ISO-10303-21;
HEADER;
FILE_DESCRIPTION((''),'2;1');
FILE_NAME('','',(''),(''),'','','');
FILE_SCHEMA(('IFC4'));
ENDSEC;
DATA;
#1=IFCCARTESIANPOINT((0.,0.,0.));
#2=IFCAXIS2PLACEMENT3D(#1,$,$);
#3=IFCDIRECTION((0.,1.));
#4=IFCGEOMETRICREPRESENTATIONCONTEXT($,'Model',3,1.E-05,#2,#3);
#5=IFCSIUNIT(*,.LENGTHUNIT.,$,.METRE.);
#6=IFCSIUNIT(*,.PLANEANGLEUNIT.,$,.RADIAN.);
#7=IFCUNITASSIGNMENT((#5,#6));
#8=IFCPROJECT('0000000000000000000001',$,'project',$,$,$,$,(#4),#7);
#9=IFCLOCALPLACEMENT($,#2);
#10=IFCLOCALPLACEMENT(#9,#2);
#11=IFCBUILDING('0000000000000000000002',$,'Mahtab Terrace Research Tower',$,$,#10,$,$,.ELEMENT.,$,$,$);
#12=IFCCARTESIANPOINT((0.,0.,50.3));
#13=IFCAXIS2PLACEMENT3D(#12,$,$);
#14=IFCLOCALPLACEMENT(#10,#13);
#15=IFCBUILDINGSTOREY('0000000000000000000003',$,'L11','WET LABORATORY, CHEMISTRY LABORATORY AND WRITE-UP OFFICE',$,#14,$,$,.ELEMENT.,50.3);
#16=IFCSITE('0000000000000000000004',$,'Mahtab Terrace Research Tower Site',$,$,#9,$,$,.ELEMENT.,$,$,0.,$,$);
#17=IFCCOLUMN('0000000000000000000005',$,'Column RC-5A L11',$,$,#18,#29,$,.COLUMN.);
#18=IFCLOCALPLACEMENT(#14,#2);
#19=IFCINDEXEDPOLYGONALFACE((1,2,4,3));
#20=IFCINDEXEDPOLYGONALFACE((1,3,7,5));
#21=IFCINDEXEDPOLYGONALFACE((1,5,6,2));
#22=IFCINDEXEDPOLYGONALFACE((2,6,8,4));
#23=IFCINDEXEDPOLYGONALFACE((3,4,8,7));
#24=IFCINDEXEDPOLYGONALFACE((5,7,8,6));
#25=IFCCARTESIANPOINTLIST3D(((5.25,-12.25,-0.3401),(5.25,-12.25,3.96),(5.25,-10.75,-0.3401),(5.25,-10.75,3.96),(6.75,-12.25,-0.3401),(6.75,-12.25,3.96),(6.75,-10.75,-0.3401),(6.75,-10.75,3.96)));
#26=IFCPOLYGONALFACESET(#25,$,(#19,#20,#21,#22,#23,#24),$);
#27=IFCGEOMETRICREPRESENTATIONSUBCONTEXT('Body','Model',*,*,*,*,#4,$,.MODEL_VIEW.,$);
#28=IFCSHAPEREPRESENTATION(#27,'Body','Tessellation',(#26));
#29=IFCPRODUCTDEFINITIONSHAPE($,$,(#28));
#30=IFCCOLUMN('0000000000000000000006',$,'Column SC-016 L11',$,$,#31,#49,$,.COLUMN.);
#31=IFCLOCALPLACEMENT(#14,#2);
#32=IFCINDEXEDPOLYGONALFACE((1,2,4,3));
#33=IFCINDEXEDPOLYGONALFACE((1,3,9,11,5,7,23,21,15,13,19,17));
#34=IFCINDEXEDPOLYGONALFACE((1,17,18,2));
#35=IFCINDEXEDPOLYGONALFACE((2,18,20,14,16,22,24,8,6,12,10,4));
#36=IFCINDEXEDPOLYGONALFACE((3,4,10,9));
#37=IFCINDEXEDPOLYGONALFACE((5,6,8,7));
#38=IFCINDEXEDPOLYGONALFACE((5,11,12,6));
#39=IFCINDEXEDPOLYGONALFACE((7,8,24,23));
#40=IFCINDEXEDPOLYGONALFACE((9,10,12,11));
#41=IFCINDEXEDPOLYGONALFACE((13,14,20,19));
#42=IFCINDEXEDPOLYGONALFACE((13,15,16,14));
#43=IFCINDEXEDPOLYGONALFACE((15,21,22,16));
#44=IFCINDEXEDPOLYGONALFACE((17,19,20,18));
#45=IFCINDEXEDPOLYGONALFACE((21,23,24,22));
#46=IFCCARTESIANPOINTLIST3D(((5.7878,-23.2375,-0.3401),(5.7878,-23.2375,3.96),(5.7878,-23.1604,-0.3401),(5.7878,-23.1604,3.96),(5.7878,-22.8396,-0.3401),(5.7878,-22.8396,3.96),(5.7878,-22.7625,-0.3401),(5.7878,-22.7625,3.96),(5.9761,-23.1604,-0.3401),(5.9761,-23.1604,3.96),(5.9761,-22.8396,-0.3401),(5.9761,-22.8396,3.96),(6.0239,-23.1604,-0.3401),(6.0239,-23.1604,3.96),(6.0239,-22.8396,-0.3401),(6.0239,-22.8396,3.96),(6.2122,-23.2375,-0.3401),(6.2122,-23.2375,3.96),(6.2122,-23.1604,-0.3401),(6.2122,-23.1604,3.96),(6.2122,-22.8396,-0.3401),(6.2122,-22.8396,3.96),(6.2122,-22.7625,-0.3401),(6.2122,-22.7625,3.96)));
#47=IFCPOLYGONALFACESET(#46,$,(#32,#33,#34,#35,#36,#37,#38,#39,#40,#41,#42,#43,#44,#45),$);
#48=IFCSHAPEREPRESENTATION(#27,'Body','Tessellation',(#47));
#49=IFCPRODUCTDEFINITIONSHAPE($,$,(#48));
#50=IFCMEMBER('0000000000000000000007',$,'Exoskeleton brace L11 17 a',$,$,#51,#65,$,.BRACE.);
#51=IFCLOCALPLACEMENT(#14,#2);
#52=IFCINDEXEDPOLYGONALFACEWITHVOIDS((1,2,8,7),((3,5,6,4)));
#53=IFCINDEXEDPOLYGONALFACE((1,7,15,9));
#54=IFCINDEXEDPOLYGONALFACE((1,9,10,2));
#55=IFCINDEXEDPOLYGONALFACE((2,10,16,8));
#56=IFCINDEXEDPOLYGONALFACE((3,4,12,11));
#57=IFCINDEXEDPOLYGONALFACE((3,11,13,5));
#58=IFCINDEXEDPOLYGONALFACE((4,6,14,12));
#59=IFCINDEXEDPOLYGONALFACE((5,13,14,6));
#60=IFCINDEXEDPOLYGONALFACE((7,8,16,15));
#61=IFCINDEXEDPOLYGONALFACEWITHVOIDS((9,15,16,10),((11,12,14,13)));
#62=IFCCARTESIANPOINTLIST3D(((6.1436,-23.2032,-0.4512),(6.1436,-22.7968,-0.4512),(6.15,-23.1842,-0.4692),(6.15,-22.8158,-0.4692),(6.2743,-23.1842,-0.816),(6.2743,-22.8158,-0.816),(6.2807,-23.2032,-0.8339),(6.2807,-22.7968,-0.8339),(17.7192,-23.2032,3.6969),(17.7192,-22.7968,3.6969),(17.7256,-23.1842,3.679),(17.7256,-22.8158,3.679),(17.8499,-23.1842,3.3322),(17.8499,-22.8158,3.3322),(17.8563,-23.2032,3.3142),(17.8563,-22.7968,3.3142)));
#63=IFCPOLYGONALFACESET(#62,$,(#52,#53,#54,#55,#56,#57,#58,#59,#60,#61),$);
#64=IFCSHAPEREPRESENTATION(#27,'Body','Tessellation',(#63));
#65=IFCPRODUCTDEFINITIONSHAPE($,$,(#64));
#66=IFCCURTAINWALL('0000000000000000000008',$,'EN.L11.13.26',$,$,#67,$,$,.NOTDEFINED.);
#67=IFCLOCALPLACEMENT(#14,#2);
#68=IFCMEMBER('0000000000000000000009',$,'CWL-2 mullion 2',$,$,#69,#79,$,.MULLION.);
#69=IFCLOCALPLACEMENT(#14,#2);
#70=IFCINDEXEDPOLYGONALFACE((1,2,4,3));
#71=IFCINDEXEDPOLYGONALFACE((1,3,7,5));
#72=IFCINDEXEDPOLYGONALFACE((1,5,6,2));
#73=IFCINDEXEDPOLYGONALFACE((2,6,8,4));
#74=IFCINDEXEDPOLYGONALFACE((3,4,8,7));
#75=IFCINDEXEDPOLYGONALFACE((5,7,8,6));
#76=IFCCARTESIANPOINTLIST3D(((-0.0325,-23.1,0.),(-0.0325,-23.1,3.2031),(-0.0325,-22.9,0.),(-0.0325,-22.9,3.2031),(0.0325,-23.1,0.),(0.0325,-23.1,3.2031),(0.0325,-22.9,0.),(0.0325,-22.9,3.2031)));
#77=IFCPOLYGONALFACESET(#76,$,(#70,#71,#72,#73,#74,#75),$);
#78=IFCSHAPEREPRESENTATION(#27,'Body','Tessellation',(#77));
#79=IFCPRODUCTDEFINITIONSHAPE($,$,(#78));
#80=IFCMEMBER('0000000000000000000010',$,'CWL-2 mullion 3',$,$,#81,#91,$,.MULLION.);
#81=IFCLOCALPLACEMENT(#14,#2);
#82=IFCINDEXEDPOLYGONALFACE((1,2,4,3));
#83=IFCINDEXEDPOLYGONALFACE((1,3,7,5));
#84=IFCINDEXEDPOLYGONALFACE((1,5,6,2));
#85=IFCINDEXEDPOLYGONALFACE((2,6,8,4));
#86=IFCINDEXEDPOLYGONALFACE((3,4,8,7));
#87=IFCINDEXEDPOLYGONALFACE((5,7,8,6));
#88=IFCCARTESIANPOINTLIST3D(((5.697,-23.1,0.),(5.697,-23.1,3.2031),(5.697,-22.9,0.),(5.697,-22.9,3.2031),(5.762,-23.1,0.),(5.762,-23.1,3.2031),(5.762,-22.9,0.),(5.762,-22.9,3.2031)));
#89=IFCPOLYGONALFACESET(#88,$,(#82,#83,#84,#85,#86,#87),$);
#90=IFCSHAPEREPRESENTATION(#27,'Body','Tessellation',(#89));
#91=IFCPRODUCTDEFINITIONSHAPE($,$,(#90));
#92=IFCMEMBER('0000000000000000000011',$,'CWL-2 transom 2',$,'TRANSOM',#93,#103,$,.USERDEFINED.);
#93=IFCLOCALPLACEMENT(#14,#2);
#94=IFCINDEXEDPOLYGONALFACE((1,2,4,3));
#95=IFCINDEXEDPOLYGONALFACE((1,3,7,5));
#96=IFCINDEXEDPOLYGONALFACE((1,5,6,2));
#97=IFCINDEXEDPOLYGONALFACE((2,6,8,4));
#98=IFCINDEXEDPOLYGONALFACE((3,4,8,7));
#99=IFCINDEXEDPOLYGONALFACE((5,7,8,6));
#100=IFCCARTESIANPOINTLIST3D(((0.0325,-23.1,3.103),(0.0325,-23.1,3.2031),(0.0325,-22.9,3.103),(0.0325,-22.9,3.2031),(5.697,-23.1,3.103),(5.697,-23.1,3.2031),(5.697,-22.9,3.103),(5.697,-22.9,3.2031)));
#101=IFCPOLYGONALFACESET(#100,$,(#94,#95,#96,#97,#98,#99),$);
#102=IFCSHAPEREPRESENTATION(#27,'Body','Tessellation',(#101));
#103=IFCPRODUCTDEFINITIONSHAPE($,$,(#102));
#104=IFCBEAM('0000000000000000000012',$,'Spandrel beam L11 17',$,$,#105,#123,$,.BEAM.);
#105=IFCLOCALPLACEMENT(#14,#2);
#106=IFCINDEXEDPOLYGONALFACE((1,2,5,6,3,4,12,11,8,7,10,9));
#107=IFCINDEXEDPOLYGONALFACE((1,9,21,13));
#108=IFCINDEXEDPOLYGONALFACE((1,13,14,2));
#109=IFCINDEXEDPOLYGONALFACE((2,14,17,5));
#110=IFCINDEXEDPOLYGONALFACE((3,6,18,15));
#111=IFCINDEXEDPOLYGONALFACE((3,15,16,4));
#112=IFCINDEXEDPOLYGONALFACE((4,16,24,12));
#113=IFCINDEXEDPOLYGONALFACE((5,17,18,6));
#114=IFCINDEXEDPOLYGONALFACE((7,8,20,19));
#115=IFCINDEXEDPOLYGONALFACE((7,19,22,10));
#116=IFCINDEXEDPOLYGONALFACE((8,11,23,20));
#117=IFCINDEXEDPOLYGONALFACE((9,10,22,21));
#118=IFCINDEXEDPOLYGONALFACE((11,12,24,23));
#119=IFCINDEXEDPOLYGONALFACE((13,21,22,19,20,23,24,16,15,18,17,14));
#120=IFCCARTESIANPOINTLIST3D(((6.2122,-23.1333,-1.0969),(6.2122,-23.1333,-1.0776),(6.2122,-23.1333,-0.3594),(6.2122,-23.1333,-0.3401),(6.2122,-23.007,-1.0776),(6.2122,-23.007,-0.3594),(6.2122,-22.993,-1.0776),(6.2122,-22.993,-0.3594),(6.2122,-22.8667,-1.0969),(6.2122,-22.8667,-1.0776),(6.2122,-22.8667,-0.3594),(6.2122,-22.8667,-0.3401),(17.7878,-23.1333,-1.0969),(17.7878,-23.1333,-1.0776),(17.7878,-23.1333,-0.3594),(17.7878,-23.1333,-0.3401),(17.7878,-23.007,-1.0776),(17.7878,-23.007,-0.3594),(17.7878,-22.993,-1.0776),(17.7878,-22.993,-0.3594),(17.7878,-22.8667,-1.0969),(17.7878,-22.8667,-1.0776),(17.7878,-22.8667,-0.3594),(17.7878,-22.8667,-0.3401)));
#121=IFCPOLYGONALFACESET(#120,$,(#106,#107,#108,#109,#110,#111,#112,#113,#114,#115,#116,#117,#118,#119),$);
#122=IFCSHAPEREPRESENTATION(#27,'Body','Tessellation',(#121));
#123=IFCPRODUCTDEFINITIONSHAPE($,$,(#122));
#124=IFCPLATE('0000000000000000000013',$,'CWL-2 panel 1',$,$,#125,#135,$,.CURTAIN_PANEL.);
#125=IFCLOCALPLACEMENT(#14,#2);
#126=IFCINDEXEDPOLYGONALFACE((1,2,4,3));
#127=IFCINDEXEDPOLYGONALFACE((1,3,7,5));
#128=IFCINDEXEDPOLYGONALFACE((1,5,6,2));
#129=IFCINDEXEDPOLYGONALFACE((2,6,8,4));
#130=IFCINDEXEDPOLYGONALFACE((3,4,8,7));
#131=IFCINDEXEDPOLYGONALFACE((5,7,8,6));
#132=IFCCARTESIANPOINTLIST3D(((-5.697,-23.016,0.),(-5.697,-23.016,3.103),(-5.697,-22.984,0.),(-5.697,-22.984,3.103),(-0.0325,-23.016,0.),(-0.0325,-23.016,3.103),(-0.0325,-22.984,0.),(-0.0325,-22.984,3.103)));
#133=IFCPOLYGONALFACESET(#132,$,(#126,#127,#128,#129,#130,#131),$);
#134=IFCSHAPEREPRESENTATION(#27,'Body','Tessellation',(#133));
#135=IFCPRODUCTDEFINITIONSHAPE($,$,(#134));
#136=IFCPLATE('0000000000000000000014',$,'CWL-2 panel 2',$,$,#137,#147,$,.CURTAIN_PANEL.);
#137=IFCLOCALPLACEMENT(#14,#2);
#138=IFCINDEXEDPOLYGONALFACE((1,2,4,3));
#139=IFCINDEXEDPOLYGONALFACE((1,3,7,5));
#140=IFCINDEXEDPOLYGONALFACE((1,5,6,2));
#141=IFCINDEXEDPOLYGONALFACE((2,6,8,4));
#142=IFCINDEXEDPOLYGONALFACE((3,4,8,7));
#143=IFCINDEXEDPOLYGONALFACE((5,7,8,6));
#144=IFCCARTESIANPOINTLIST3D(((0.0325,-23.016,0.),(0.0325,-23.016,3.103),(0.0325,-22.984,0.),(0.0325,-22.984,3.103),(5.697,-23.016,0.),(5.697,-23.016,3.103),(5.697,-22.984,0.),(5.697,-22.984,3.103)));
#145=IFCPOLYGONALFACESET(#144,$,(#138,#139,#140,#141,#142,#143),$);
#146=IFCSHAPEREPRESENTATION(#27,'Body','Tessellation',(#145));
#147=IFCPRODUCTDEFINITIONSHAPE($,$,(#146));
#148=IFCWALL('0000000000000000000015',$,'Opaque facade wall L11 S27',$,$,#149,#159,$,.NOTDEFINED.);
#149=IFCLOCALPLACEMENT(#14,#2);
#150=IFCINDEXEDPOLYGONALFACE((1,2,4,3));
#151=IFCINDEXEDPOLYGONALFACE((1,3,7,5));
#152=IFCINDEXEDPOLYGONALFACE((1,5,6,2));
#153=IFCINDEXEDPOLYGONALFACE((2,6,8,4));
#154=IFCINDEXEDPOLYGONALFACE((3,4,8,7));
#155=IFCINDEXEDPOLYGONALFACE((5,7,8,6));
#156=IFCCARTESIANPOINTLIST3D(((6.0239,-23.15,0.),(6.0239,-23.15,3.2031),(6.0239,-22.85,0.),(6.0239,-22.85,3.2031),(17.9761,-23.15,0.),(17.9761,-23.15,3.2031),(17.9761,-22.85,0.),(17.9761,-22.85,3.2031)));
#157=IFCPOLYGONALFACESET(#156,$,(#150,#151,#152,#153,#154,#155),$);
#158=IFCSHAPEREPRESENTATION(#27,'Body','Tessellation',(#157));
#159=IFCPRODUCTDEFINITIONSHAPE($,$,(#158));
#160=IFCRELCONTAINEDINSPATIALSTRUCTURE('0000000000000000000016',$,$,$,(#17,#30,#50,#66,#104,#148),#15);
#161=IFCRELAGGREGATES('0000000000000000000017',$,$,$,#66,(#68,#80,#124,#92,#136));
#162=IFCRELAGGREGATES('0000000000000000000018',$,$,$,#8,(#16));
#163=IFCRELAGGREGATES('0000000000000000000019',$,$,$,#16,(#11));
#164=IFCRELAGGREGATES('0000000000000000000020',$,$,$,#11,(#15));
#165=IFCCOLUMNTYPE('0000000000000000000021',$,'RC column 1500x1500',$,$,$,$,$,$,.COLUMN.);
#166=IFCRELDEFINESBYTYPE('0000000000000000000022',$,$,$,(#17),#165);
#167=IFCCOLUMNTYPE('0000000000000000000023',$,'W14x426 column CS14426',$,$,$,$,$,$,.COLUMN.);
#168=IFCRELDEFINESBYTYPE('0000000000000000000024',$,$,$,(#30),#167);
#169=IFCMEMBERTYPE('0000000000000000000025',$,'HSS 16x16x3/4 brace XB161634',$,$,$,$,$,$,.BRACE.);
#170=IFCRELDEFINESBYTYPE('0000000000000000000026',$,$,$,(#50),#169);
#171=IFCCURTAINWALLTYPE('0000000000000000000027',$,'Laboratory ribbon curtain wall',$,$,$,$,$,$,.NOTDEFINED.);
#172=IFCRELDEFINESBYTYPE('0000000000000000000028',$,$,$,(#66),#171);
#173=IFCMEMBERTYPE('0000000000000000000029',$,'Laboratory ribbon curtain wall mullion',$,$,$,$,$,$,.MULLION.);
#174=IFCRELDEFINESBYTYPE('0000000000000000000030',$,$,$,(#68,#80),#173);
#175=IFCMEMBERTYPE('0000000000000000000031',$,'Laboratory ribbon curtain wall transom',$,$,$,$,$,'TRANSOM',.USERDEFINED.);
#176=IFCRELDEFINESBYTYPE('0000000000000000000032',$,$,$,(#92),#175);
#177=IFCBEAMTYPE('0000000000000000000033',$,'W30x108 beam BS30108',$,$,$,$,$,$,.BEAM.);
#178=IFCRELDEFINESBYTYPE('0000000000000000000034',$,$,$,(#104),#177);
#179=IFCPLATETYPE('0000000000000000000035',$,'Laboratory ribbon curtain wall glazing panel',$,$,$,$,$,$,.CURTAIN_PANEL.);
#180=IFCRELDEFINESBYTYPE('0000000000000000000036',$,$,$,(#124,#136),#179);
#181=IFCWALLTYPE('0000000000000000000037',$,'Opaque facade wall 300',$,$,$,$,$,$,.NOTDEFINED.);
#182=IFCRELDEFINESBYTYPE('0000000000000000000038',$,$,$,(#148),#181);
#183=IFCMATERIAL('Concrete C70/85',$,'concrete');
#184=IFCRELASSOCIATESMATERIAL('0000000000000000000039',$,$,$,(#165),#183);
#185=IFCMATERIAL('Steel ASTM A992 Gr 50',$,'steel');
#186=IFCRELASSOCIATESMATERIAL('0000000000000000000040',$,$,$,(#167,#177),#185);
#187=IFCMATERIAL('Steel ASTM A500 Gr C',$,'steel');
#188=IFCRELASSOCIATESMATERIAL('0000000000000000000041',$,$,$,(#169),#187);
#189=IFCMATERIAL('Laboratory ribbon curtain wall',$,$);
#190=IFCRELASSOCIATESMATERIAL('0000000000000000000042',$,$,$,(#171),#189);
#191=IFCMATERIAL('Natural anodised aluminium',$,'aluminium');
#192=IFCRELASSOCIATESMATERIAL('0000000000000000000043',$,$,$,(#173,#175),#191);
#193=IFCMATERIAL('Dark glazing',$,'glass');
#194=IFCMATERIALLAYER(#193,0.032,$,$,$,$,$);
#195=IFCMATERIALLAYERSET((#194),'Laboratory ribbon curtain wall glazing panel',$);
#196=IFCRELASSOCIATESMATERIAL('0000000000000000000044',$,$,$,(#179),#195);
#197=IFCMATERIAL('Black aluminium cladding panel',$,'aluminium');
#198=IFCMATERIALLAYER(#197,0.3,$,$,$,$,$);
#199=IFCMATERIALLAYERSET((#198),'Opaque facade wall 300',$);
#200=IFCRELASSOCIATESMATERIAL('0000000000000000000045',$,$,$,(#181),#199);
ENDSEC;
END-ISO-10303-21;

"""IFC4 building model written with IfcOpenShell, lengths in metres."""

from ifc_helpers import new_model, si_unit, direction, frame, frame_2d, origin, origin_2d, place, context, subcontext, project, spatial, rectangle, hollow_rectangle, i_section, extrude, material, layer, layer_set, material_profile, profile_set, type_object, element, aggregate, save


model = new_model("IFC4")

# Units and contexts
model_context = context("Model", 3, precision=1e-05, world=origin(), true_north=direction((0.0, 1.0)))
body_context = subcontext(model_context, "Body", "Model", "MODEL_VIEW")
ifc_project = project(units=[si_unit("LENGTHUNIT", "METRE"), si_unit("PLANEANGLEUNIT", "RADIAN")], contexts=[model_context])

# Site, building, storey
site_placement = place(None, origin())
site = spatial("IfcSite", under=ifc_project, at=site_placement, Name="Mahtab Terrace Research Tower Site", CompositionType="ELEMENT", RefElevation=0.0)
building_placement = place(site_placement, origin())
building = spatial("IfcBuilding", under=site, at=building_placement, Name="Mahtab Terrace Research Tower", CompositionType="ELEMENT")
storey_placement = place(building_placement, frame((0.0, 0.0, 50.3)))
storey = spatial("IfcBuildingStorey", under=building, at=storey_placement, Name="L11", Description="WET LABORATORY, CHEMISTRY LABORATORY AND WRITE-UP OFFICE", CompositionType="ELEMENT", Elevation=50.3)

# Columns
ifc_material_1 = material(Name="Concrete C70/85", Category="concrete")
ifc_material_profile_1 = material_profile(ifc_material_1, rectangle(XDim=1.5, YDim=1.5, at=origin_2d()), Name="RC column 1500x1500")
ifc_profile_set_1 = profile_set([ifc_material_profile_1], Name="Concrete C70/85")
column_type_1 = type_object("IfcColumnType", Name="RC column 1500x1500", PredefinedType="COLUMN", material=ifc_profile_set_1)
column_1_placement = place(storey_placement, frame((6.0, -11.5, -0.3401), z_axis=(0.0, 0.0, 1.0), x_axis=(1.0, 0.0, 0.0)))
element("IfcColumn", 1, at=column_1_placement, inside=storey, type_object=column_type_1, Name="Column RC-5A L11", PredefinedType="COLUMN", context=body_context, shape_type="SweptSolid", body=[
    extrude(rectangle(XDim=1.5, YDim=1.5, at=origin_2d()), origin(), (0.0, 0.0, 1.0), 4.3),
])
ifc_material_2 = material(Name="Steel ASTM A992 Gr 50", Category="steel")
ifc_material_profile_2 = material_profile(ifc_material_2, i_section(OverallWidth=0.4243, OverallDepth=0.4751, WebThickness=0.0479, FlangeThickness=0.0771, at=origin_2d()), Name="W14X426")
ifc_profile_set_2 = profile_set([ifc_material_profile_2], Name="Steel ASTM A992 Gr 50")
column_type_2 = type_object("IfcColumnType", Name="W14x426 column CS14426", PredefinedType="COLUMN", material=ifc_profile_set_2)
column_2_placement = place(storey_placement, frame((6.0, -23.0, -0.3401), z_axis=(0.0, 0.0, 1.0), x_axis=(1.0, 0.0, 0.0)))
element("IfcColumn", 2, at=column_2_placement, inside=storey, type_object=column_type_2, Name="Column SC-016 L11", PredefinedType="COLUMN", context=body_context, shape_type="SweptSolid", body=[
    extrude(i_section(OverallWidth=0.4243, OverallDepth=0.4751, WebThickness=0.0479, FlangeThickness=0.0771, at=origin_2d()), origin(), (0.0, 0.0, 1.0), 4.3),
])

# Member
ifc_material_3 = material(Name="Steel ASTM A500 Gr C", Category="steel")
ifc_material_profile_3 = material_profile(ifc_material_3, hollow_rectangle(XDim=0.4065, YDim=0.4065, WallThickness=0.019, at=origin_2d()), Name="HSS16X16X3/4")
ifc_profile_set_3 = profile_set([ifc_material_profile_3], Name="Steel ASTM A500 Gr C")
member_type_1 = type_object("IfcMemberType", Name="HSS 16x16x3/4 brace XB161634", PredefinedType="BRACE", material=ifc_profile_set_3)
member_1_placement = place(storey_placement, frame((6.2122, -23.0, -0.6426), z_axis=(0.94138, 0.0, 0.337347), x_axis=(0.0, 1.0, 0.0)))
element("IfcMember", 3, at=member_1_placement, inside=storey, type_object=member_type_1, Name="Exoskeleton brace L11 17 a", PredefinedType="BRACE", context=body_context, shape_type="SweptSolid", body=[
    extrude(hollow_rectangle(XDim=0.4065, YDim=0.4065, WallThickness=0.019, at=origin_2d()), origin(), (0.0, 0.0, 1.0), 12.2964),
])

# Curtain wall, members
ifc_material_4 = material(Name="Laboratory ribbon curtain wall")
curtain_wall_type = type_object("IfcCurtainWallType", Name="Laboratory ribbon curtain wall", PredefinedType="NOTDEFINED", material=ifc_material_4)
curtain_wall_placement = place(storey_placement, origin())
curtain_wall = element("IfcCurtainWall", 4, at=curtain_wall_placement, inside=storey, type_object=curtain_wall_type, Name="EN.L11.13.26", PredefinedType="NOTDEFINED")
ifc_material_5 = material(Name="Natural anodised aluminium", Category="aluminium")
ifc_material_profile_4 = material_profile(ifc_material_5, rectangle(XDim=0.2, YDim=0.0649, at=origin_2d()), Name="MULLION 65x200")
ifc_profile_set_4 = profile_set([ifc_material_profile_4], Name="Natural anodised aluminium")
member_type_2 = type_object("IfcMemberType", Name="Laboratory ribbon curtain wall mullion", PredefinedType="MULLION", material=ifc_profile_set_4)
member_2_placement = place(storey_placement, frame((0.0, -23.0, 0.0), z_axis=(0.0, 0.0, 1.0), x_axis=(0.0, 1.0, 0.0)))
member_2 = element("IfcMember", 5, at=member_2_placement, type_object=member_type_2, Name="CWL-2 mullion 2", PredefinedType="MULLION", context=body_context, shape_type="SweptSolid", body=[
    extrude(rectangle(XDim=0.2, YDim=0.0649, at=origin_2d()), origin(), (0.0, 0.0, 1.0), 3.2031),
])
member_3_placement = place(storey_placement, frame((5.7295, -23.0, 0.0), z_axis=(0.0, 0.0, 1.0), x_axis=(0.0, 1.0, 0.0)))
member_3 = element("IfcMember", 6, at=member_3_placement, type_object=member_type_2, Name="CWL-2 mullion 3", PredefinedType="MULLION", context=body_context, shape_type="SweptSolid", body=[
    extrude(rectangle(XDim=0.2, YDim=0.0649, at=origin_2d()), origin(), (0.0, 0.0, 1.0), 3.2031),
])
ifc_material_profile_5 = material_profile(ifc_material_5, rectangle(XDim=0.2, YDim=0.1001, at=origin_2d()), Name="TRANSOM 100x200")
ifc_profile_set_5 = profile_set([ifc_material_profile_5], Name="Natural anodised aluminium")
member_type_3 = type_object("IfcMemberType", Name="Laboratory ribbon curtain wall transom", ElementType="TRANSOM", PredefinedType="USERDEFINED", material=ifc_profile_set_5)
member_4_placement = place(storey_placement, frame((0.0325, -23.0, 3.1531), z_axis=(1.0, 0.0, 0.0), x_axis=(0.0, 1.0, 0.0)))
member_4 = element("IfcMember", 7, at=member_4_placement, type_object=member_type_3, Name="CWL-2 transom 2", ObjectType="TRANSOM", PredefinedType="USERDEFINED", context=body_context, shape_type="SweptSolid", body=[
    extrude(rectangle(XDim=0.2, YDim=0.1001, at=origin_2d()), origin(), (0.0, 0.0, 1.0), 5.6646),
])

# Beam
ifc_material_profile_6 = material_profile(ifc_material_2, i_section(OverallWidth=0.2666, OverallDepth=0.7568, WebThickness=0.0139, FlangeThickness=0.0193, at=origin_2d()), Name="W30X108")
ifc_profile_set_6 = profile_set([ifc_material_profile_6], Name="Steel ASTM A992 Gr 50")
beam_type = type_object("IfcBeamType", Name="W30x108 beam BS30108", PredefinedType="BEAM", material=ifc_profile_set_6)
beam_placement = place(storey_placement, frame((6.2122, -23.0, -0.7185), z_axis=(1.0, 0.0, 0.0), x_axis=(0.0, 1.0, 0.0)))
element("IfcBeam", 8, at=beam_placement, inside=storey, type_object=beam_type, Name="Spandrel beam L11 17", PredefinedType="BEAM", context=body_context, shape_type="SweptSolid", body=[
    extrude(i_section(OverallWidth=0.2666, OverallDepth=0.7568, WebThickness=0.0139, FlangeThickness=0.0193, at=origin_2d()), origin(), (0.0, 0.0, 1.0), 11.5757),
])

# Plates
ifc_material_6 = material(Name="Dark glazing", Category="glass")
ifc_layer_1 = layer(ifc_material_6, 0.032)
ifc_layer_set_1 = layer_set([ifc_layer_1], Name="Laboratory ribbon curtain wall glazing panel")
plate_type = type_object("IfcPlateType", Name="Laboratory ribbon curtain wall glazing panel", PredefinedType="CURTAIN_PANEL", material=ifc_layer_set_1)
plate_1_placement = place(storey_placement, frame((-2.8647, -23.0, 0.0), z_axis=(0.0, 0.0, 1.0), x_axis=(1.0, 0.0, 0.0)))
plate_1 = element("IfcPlate", 9, at=plate_1_placement, type_object=plate_type, Name="CWL-2 panel 1", PredefinedType="CURTAIN_PANEL", context=body_context, shape_type="SweptSolid", body=[
    extrude(rectangle(XDim=5.6646, YDim=0.032, at=origin_2d()), origin(), (0.0, 0.0, 1.0), 3.103),
])
plate_2_placement = place(storey_placement, frame((2.8647, -23.0, 0.0), z_axis=(0.0, 0.0, 1.0), x_axis=(1.0, 0.0, 0.0)))
plate_2 = element("IfcPlate", 10, at=plate_2_placement, type_object=plate_type, Name="CWL-2 panel 2", PredefinedType="CURTAIN_PANEL", context=body_context, shape_type="SweptSolid", body=[
    extrude(rectangle(XDim=5.6646, YDim=0.032, at=origin_2d()), origin(), (0.0, 0.0, 1.0), 3.103),
])
aggregate(curtain_wall, [member_2, member_3, plate_1, member_4, plate_2])

# Wall
ifc_material_7 = material(Name="Black aluminium cladding panel", Category="aluminium")
ifc_layer_2 = layer(ifc_material_7, 0.3)
ifc_layer_set_2 = layer_set([ifc_layer_2], Name="Opaque facade wall 300")
wall_type_1 = type_object("IfcWallType", Name="Opaque facade wall 300", PredefinedType="NOTDEFINED", material=ifc_layer_set_2)
wall_1_placement = place(storey_placement, frame((6.0239, -23.0, 0.0), z_axis=(0.0, 0.0, 1.0), x_axis=(1.0, 0.0, 0.0)))
element("IfcWall", 11, at=wall_1_placement, inside=storey, type_object=wall_type_1, Name="Opaque facade wall L11 S27", PredefinedType="NOTDEFINED", context=body_context, shape_type="SweptSolid", body=[
    extrude(rectangle(XDim=11.9521, YDim=0.3, at=frame_2d((5.9761, 0.0))), origin(), (0.0, 0.0, 1.0), 3.2031),
])

save(model, "model.ifc")
